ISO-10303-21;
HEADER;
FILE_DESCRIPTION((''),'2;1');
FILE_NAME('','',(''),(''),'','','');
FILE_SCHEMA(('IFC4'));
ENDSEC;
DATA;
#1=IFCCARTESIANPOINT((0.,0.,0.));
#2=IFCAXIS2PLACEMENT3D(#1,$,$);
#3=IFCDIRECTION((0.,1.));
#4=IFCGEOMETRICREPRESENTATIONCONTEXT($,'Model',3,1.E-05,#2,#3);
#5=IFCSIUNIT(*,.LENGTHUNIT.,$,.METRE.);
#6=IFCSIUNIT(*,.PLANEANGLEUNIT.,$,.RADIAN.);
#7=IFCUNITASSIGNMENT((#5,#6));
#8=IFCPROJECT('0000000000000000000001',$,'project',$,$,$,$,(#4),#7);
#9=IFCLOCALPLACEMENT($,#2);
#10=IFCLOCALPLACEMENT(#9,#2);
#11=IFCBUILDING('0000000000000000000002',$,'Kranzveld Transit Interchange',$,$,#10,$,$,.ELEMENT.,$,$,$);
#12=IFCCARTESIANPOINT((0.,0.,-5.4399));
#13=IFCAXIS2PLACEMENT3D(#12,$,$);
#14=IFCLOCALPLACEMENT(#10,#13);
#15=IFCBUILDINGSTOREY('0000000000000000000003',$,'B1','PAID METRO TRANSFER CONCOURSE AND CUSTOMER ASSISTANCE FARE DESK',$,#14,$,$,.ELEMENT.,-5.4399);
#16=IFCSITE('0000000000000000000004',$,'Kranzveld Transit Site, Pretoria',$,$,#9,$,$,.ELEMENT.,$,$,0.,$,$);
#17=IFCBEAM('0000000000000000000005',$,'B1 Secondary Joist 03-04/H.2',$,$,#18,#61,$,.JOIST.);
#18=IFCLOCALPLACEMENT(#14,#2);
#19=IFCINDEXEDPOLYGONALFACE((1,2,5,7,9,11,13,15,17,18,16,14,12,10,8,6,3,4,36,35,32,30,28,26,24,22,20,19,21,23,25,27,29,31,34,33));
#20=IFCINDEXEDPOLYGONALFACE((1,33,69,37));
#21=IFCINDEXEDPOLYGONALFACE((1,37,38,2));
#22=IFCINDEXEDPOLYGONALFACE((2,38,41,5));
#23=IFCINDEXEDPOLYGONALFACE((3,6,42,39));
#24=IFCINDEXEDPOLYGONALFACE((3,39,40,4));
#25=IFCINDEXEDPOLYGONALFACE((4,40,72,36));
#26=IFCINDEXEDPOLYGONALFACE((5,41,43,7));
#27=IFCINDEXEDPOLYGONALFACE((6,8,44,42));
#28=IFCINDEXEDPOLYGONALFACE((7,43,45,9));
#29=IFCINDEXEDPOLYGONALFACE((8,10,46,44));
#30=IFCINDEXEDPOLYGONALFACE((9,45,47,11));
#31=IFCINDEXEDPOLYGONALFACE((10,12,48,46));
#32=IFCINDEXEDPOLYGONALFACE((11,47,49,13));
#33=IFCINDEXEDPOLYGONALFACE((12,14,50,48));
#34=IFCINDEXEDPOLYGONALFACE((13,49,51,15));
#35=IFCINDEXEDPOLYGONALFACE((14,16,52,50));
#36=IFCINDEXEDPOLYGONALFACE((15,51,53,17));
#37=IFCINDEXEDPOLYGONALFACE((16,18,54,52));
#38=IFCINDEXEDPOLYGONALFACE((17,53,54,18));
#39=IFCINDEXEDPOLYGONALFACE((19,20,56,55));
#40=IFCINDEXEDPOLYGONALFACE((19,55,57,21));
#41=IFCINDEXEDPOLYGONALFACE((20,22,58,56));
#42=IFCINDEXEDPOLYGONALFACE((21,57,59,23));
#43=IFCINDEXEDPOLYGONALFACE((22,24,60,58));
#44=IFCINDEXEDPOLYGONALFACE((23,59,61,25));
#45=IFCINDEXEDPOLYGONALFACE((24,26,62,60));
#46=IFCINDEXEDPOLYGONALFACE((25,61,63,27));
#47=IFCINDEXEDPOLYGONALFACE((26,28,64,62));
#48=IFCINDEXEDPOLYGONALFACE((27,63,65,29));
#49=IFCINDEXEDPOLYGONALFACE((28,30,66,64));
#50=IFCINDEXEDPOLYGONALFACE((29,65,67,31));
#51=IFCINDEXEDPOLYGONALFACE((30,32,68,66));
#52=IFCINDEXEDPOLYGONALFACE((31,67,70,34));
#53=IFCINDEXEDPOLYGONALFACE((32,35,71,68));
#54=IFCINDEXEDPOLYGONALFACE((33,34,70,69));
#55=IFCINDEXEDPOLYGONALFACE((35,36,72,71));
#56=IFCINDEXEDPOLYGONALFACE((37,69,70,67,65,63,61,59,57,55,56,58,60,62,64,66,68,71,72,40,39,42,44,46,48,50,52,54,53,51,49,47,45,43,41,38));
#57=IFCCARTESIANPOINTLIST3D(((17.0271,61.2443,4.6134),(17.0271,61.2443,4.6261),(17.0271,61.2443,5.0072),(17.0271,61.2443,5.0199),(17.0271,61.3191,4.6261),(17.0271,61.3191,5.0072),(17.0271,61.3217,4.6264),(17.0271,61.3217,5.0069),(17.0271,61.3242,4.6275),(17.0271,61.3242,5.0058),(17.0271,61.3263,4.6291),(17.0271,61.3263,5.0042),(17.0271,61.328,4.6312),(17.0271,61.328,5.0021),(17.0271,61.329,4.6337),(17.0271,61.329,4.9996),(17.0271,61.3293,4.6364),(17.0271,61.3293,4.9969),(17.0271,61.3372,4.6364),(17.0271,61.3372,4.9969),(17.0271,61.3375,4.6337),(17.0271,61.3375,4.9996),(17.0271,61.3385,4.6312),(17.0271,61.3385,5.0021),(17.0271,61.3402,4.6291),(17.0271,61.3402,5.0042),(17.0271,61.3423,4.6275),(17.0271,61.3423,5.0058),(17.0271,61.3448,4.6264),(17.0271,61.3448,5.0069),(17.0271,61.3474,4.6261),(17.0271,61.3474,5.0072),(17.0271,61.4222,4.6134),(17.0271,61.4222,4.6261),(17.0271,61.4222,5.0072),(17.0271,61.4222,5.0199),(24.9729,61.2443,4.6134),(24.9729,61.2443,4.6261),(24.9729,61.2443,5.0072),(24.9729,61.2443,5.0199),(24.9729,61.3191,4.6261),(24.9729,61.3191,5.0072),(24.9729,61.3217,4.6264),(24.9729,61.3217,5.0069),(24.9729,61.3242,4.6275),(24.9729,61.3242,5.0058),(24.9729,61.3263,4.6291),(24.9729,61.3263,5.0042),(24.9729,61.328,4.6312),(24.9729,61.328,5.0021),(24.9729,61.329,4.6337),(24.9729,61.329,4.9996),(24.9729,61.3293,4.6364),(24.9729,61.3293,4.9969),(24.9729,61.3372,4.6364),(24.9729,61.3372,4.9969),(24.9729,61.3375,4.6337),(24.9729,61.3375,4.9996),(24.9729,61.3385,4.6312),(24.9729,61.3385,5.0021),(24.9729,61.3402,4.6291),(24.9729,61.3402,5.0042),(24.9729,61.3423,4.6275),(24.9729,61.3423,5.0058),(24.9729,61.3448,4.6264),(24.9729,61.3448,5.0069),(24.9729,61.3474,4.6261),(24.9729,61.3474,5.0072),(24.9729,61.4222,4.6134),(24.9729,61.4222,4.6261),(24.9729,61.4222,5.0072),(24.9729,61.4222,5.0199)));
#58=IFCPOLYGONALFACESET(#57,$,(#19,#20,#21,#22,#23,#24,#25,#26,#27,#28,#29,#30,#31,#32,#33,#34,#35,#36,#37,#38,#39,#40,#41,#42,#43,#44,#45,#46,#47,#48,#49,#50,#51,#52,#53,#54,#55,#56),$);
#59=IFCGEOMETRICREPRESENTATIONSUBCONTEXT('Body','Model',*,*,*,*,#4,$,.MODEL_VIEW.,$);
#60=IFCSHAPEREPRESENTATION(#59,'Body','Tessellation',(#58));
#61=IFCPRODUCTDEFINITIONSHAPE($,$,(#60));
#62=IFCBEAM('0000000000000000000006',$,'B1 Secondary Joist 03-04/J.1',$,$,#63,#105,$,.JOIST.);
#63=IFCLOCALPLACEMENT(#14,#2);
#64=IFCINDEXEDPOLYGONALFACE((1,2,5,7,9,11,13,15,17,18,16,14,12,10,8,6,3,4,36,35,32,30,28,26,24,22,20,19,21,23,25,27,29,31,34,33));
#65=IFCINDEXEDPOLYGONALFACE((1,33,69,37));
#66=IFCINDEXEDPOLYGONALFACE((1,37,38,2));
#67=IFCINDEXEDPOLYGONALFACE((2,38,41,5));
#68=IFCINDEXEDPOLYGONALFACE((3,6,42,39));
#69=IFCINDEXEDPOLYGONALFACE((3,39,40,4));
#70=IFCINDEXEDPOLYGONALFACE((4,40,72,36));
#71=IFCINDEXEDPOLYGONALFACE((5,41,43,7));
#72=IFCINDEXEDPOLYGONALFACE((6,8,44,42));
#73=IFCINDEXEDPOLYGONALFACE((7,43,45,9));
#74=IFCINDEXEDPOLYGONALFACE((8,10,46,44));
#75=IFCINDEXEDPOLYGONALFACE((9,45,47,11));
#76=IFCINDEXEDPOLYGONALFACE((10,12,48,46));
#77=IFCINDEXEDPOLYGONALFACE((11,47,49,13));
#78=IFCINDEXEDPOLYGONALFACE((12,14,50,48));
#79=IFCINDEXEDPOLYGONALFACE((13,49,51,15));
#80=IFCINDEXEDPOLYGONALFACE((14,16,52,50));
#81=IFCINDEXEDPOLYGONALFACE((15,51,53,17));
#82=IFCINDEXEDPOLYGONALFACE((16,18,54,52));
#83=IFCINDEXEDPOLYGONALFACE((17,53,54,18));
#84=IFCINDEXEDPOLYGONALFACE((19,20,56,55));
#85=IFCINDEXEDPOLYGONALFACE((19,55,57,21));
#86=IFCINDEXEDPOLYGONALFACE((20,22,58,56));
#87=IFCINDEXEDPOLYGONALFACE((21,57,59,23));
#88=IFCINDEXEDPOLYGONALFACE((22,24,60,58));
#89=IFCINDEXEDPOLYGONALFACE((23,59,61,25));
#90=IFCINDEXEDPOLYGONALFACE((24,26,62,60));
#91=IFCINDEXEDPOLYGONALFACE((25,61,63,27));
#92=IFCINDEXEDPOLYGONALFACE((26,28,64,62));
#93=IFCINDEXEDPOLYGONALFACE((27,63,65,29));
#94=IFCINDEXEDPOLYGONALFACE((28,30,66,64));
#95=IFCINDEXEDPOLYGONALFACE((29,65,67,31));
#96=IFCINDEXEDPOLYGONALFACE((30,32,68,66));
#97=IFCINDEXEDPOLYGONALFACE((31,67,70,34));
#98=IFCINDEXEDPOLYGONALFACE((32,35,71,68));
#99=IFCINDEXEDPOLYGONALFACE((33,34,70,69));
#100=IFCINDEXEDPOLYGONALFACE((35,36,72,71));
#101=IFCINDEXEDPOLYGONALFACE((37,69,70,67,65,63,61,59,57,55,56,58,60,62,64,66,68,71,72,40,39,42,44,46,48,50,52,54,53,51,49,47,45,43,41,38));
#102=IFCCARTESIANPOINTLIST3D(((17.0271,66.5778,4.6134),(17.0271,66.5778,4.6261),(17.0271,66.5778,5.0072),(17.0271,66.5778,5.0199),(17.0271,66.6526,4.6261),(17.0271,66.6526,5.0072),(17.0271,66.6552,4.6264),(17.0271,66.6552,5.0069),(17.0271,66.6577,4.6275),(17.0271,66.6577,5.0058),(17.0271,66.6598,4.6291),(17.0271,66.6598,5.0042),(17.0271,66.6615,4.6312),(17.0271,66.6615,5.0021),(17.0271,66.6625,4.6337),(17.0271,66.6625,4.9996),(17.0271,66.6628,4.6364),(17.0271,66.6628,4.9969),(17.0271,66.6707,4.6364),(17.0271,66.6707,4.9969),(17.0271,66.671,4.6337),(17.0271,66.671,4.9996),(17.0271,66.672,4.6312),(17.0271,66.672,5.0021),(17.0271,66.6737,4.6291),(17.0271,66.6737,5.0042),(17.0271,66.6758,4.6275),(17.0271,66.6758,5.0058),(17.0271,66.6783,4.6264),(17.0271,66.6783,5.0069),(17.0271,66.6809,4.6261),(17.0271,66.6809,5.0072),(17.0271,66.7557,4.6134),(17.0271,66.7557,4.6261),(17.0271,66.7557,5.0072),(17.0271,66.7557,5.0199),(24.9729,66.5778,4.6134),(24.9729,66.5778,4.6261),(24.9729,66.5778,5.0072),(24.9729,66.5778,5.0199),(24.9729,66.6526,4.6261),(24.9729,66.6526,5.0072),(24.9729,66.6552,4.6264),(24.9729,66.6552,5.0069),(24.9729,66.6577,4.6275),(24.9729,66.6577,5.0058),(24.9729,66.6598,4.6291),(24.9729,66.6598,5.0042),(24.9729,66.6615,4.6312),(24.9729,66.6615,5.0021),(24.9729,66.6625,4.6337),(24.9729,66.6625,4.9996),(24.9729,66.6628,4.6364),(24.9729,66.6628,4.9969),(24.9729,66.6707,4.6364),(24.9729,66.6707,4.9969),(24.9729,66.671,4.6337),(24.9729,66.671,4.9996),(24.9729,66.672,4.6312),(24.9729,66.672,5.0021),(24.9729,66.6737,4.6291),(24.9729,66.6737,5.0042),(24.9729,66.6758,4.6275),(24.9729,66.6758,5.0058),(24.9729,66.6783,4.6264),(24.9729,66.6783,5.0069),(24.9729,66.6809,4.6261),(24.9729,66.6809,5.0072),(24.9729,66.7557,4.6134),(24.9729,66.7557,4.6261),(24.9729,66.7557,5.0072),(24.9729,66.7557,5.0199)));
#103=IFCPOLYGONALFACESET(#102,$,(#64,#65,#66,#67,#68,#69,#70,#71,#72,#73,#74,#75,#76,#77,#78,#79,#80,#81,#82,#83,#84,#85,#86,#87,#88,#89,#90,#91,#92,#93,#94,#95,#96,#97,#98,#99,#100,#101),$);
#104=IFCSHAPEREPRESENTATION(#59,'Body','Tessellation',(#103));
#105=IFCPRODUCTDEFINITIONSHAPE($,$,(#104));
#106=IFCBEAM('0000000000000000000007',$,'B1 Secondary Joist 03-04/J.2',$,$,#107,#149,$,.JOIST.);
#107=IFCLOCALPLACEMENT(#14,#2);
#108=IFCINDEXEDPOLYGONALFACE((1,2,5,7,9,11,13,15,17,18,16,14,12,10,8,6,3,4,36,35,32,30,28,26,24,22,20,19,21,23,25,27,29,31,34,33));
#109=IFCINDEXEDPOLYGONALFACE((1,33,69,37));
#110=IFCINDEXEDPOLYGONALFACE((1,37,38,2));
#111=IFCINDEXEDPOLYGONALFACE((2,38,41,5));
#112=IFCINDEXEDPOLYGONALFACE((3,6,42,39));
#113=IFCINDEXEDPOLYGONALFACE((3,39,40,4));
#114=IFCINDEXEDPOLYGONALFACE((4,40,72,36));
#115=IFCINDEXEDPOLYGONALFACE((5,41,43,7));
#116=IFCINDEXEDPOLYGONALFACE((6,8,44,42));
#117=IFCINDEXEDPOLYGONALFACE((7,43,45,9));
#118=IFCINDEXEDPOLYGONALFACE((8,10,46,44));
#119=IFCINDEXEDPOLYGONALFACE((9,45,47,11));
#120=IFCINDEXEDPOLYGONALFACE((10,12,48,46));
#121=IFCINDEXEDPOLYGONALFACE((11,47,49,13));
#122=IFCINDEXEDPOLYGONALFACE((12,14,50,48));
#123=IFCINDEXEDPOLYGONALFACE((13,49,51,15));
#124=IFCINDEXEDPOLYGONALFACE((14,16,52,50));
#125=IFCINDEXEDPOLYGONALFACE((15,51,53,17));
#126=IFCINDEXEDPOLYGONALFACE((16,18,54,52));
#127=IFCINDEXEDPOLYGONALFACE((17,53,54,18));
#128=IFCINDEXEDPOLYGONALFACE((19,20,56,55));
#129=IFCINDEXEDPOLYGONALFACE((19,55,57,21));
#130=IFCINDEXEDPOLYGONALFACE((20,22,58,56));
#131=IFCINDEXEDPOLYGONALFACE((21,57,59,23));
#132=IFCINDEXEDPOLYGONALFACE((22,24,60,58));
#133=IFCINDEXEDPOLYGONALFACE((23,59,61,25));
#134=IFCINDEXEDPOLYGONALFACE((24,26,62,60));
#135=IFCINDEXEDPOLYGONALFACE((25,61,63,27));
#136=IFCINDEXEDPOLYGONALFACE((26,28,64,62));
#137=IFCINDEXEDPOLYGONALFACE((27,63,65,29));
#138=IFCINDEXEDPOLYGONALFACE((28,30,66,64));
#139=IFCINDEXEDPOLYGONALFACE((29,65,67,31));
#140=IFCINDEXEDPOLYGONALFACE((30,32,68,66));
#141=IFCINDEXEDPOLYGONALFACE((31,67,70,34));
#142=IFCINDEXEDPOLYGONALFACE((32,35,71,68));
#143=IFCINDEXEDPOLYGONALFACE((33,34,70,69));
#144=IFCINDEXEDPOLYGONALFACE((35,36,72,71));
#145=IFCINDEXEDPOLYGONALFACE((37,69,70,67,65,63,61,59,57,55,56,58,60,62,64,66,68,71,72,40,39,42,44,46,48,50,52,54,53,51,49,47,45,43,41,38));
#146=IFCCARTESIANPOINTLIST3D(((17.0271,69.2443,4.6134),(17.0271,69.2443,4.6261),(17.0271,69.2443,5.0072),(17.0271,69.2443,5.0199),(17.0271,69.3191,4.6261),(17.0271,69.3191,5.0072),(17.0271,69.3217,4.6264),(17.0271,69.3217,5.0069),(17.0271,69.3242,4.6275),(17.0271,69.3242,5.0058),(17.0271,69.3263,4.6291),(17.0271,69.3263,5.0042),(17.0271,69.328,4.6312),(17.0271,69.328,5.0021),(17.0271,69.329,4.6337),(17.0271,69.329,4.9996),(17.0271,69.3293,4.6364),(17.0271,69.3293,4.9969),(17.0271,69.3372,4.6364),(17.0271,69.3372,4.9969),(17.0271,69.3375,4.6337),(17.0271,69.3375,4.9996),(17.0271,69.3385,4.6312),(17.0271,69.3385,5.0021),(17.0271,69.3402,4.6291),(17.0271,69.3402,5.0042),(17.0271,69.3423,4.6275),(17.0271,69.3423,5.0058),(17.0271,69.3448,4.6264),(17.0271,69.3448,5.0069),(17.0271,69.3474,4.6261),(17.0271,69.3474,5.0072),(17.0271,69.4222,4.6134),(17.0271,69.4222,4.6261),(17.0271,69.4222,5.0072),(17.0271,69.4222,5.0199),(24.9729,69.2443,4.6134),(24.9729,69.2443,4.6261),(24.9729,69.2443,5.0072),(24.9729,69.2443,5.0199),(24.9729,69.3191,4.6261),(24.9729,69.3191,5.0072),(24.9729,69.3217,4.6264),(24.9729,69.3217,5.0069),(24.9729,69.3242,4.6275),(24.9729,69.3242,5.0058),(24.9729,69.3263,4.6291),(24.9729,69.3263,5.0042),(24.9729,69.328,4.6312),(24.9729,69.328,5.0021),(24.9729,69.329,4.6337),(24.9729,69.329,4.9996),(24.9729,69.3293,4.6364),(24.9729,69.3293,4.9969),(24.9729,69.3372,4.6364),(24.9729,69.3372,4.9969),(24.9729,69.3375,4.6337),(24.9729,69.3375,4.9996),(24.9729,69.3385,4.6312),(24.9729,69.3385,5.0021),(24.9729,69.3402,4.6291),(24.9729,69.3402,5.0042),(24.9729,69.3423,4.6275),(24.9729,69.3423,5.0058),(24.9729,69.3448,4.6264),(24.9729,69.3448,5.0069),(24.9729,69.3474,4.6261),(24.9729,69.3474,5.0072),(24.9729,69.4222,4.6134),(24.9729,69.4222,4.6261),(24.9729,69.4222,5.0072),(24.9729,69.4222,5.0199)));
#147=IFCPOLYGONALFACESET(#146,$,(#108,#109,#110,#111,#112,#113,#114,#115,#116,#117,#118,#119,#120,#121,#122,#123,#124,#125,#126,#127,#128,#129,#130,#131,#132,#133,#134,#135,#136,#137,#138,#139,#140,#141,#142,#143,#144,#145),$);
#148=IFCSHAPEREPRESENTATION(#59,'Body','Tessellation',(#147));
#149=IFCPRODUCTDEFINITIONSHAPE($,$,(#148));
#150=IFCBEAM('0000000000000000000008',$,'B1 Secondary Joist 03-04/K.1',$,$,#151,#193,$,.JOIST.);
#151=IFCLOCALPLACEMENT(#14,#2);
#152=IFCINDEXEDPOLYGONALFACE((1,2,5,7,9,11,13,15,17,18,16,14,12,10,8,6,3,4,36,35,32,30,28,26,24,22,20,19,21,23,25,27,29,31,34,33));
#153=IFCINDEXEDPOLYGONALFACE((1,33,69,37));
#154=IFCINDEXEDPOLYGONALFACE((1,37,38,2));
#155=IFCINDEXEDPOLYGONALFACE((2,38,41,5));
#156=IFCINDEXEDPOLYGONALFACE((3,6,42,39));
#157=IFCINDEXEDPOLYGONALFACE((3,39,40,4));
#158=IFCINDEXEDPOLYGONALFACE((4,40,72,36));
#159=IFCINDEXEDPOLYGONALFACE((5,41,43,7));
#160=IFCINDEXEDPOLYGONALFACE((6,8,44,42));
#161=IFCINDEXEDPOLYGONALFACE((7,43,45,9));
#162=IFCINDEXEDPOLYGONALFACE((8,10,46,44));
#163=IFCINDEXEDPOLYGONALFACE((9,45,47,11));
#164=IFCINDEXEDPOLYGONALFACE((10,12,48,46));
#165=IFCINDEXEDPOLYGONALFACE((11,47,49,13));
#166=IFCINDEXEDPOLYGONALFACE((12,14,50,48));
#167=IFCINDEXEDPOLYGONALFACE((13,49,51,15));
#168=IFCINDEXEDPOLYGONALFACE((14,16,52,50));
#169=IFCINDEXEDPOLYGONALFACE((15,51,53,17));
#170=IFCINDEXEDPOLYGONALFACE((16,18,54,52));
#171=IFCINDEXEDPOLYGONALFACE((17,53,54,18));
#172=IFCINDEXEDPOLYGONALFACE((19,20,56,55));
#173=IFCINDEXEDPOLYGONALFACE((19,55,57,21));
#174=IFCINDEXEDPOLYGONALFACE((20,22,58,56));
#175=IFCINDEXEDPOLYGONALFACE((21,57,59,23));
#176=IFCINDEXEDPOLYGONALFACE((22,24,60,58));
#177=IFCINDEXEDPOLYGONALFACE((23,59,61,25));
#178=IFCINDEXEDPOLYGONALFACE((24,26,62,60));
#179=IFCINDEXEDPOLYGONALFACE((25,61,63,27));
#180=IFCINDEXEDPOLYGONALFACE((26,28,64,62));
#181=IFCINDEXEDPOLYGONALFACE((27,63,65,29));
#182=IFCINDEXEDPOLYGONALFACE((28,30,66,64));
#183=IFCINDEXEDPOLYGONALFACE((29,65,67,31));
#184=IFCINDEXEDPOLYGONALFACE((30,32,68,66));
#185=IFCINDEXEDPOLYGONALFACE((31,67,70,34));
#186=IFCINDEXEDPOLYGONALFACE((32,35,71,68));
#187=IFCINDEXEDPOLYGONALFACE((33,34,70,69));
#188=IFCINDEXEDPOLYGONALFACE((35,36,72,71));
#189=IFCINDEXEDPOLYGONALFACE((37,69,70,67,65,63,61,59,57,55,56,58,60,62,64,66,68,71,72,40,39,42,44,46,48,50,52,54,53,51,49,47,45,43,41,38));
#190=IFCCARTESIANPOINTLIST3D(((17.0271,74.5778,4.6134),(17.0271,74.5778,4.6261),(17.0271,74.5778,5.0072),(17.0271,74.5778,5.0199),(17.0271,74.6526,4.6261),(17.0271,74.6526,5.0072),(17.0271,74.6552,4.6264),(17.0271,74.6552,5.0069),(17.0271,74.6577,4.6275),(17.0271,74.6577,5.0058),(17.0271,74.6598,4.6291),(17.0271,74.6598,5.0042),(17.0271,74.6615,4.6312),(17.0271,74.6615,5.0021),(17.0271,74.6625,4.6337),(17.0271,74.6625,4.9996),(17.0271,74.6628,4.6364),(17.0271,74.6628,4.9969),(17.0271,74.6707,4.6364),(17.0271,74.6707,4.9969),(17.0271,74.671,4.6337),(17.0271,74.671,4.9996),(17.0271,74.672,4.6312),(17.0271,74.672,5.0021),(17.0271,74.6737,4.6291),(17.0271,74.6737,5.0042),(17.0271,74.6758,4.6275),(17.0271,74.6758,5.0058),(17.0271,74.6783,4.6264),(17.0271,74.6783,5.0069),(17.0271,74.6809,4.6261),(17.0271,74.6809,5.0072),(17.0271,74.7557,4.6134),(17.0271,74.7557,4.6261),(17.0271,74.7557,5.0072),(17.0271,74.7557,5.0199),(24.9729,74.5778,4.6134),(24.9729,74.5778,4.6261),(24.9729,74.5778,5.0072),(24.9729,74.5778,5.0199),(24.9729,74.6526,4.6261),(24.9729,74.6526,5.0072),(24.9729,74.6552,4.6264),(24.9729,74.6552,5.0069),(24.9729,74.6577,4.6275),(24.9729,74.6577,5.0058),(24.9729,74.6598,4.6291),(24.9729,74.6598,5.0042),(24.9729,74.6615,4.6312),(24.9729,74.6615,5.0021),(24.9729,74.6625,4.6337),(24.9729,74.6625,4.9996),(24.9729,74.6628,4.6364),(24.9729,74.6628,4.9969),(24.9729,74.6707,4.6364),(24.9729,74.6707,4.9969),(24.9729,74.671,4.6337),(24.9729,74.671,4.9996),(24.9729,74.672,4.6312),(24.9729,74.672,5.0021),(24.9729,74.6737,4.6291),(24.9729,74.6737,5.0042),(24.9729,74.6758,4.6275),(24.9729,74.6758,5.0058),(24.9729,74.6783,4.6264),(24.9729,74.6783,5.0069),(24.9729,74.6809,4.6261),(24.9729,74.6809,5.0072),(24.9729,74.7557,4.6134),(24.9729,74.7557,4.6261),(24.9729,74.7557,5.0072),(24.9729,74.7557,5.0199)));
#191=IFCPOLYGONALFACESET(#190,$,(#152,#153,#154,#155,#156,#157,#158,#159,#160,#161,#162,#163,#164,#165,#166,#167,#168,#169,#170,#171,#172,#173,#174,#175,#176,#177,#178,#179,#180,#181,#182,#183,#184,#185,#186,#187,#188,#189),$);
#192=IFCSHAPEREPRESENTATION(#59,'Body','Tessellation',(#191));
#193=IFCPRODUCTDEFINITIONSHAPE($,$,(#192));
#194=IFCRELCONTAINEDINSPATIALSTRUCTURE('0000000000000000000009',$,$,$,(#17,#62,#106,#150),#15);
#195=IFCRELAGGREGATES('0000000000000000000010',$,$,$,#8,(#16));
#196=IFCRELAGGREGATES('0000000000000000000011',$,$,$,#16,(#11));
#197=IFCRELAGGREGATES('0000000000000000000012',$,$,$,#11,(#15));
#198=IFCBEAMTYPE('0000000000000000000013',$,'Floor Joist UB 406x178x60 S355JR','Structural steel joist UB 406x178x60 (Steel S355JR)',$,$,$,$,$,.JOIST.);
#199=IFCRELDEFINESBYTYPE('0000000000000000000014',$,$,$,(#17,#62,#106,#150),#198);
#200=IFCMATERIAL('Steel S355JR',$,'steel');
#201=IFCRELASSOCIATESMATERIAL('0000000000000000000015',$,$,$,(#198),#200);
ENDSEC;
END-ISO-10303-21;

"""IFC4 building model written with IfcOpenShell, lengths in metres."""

from ifc_helpers import new_model, si_unit, direction, frame, origin, origin_2d, place, context, subcontext, project, spatial, i_section, extrude, material, material_profile, profile_set, type_object, element, save


model = new_model("IFC4")

# Units and contexts
model_context = context("Model", 3, precision=1e-05, world=origin(), true_north=direction((0.0, 1.0)))
body_context = subcontext(model_context, "Body", "Model", "MODEL_VIEW")
ifc_project = project(units=[si_unit("LENGTHUNIT", "METRE"), si_unit("PLANEANGLEUNIT", "RADIAN")], contexts=[model_context])

# Site, building, storey
site_placement = place(None, origin())
site = spatial("IfcSite", under=ifc_project, at=site_placement, Name="Kranzveld Transit Site, Pretoria", CompositionType="ELEMENT", RefElevation=0.0)
building_placement = place(site_placement, origin())
building = spatial("IfcBuilding", under=site, at=building_placement, Name="Kranzveld Transit Interchange", CompositionType="ELEMENT")
storey_placement = place(building_placement, frame((0.0, 0.0, -5.4399)))
storey = spatial("IfcBuildingStorey", under=building, at=storey_placement, Name="B1", Description="PAID METRO TRANSFER CONCOURSE AND CUSTOMER ASSISTANCE FARE DESK", CompositionType="ELEMENT", Elevation=-5.4399)

# Beams
ifc_material_1 = material(Name="Steel S355JR", Category="steel")
ifc_material_profile_1 = material_profile(ifc_material_1, i_section(OverallWidth=0.178, OverallDepth=0.4065, WebThickness=0.0078, FlangeThickness=0.0127, FilletRadius=0.0103, at=origin_2d()), Name="UB 406x178x60")
ifc_profile_set_1 = profile_set([ifc_material_profile_1], Name="Steel S355JR")
beam_type_1 = type_object("IfcBeamType", Name="Floor Joist UB 406x178x60 S355JR", Description="Structural steel joist UB 406x178x60 (Steel S355JR)", PredefinedType="JOIST", material=ifc_profile_set_1)
for number, where, z_axis, x_axis, name in (
    (1, (17.0271, 61.3333, 4.8167), (1.0, 0.0, 0.0), (0.0, 1.0, 0.0), "B1 Secondary Joist 03-04/H.2"),
    (2, (17.0271, 66.6667, 4.8167), (1.0, 0.0, 0.0), (0.0, 1.0, 0.0), "B1 Secondary Joist 03-04/J.1"),
    (3, (17.0271, 69.3333, 4.8167), (1.0, 0.0, 0.0), (0.0, 1.0, 0.0), "B1 Secondary Joist 03-04/J.2"),
    (4, (17.0271, 74.6667, 4.8167), (1.0, 0.0, 0.0), (0.0, 1.0, 0.0), "B1 Secondary Joist 03-04/K.1"),
):
    element("IfcBeam", number, at=place(storey_placement, frame(where, z_axis=z_axis, x_axis=x_axis)), inside=storey, type_object=beam_type_1, Name=name, PredefinedType="JOIST", context=body_context, shape_type="SweptSolid", body=[
        extrude(i_section(OverallWidth=0.178, OverallDepth=0.4065, WebThickness=0.0078, FlangeThickness=0.0127, FilletRadius=0.0103, at=origin_2d()), origin(), (0.0, 0.0, 1.0), 7.9458),
    ])

save(model, "model.ifc")
